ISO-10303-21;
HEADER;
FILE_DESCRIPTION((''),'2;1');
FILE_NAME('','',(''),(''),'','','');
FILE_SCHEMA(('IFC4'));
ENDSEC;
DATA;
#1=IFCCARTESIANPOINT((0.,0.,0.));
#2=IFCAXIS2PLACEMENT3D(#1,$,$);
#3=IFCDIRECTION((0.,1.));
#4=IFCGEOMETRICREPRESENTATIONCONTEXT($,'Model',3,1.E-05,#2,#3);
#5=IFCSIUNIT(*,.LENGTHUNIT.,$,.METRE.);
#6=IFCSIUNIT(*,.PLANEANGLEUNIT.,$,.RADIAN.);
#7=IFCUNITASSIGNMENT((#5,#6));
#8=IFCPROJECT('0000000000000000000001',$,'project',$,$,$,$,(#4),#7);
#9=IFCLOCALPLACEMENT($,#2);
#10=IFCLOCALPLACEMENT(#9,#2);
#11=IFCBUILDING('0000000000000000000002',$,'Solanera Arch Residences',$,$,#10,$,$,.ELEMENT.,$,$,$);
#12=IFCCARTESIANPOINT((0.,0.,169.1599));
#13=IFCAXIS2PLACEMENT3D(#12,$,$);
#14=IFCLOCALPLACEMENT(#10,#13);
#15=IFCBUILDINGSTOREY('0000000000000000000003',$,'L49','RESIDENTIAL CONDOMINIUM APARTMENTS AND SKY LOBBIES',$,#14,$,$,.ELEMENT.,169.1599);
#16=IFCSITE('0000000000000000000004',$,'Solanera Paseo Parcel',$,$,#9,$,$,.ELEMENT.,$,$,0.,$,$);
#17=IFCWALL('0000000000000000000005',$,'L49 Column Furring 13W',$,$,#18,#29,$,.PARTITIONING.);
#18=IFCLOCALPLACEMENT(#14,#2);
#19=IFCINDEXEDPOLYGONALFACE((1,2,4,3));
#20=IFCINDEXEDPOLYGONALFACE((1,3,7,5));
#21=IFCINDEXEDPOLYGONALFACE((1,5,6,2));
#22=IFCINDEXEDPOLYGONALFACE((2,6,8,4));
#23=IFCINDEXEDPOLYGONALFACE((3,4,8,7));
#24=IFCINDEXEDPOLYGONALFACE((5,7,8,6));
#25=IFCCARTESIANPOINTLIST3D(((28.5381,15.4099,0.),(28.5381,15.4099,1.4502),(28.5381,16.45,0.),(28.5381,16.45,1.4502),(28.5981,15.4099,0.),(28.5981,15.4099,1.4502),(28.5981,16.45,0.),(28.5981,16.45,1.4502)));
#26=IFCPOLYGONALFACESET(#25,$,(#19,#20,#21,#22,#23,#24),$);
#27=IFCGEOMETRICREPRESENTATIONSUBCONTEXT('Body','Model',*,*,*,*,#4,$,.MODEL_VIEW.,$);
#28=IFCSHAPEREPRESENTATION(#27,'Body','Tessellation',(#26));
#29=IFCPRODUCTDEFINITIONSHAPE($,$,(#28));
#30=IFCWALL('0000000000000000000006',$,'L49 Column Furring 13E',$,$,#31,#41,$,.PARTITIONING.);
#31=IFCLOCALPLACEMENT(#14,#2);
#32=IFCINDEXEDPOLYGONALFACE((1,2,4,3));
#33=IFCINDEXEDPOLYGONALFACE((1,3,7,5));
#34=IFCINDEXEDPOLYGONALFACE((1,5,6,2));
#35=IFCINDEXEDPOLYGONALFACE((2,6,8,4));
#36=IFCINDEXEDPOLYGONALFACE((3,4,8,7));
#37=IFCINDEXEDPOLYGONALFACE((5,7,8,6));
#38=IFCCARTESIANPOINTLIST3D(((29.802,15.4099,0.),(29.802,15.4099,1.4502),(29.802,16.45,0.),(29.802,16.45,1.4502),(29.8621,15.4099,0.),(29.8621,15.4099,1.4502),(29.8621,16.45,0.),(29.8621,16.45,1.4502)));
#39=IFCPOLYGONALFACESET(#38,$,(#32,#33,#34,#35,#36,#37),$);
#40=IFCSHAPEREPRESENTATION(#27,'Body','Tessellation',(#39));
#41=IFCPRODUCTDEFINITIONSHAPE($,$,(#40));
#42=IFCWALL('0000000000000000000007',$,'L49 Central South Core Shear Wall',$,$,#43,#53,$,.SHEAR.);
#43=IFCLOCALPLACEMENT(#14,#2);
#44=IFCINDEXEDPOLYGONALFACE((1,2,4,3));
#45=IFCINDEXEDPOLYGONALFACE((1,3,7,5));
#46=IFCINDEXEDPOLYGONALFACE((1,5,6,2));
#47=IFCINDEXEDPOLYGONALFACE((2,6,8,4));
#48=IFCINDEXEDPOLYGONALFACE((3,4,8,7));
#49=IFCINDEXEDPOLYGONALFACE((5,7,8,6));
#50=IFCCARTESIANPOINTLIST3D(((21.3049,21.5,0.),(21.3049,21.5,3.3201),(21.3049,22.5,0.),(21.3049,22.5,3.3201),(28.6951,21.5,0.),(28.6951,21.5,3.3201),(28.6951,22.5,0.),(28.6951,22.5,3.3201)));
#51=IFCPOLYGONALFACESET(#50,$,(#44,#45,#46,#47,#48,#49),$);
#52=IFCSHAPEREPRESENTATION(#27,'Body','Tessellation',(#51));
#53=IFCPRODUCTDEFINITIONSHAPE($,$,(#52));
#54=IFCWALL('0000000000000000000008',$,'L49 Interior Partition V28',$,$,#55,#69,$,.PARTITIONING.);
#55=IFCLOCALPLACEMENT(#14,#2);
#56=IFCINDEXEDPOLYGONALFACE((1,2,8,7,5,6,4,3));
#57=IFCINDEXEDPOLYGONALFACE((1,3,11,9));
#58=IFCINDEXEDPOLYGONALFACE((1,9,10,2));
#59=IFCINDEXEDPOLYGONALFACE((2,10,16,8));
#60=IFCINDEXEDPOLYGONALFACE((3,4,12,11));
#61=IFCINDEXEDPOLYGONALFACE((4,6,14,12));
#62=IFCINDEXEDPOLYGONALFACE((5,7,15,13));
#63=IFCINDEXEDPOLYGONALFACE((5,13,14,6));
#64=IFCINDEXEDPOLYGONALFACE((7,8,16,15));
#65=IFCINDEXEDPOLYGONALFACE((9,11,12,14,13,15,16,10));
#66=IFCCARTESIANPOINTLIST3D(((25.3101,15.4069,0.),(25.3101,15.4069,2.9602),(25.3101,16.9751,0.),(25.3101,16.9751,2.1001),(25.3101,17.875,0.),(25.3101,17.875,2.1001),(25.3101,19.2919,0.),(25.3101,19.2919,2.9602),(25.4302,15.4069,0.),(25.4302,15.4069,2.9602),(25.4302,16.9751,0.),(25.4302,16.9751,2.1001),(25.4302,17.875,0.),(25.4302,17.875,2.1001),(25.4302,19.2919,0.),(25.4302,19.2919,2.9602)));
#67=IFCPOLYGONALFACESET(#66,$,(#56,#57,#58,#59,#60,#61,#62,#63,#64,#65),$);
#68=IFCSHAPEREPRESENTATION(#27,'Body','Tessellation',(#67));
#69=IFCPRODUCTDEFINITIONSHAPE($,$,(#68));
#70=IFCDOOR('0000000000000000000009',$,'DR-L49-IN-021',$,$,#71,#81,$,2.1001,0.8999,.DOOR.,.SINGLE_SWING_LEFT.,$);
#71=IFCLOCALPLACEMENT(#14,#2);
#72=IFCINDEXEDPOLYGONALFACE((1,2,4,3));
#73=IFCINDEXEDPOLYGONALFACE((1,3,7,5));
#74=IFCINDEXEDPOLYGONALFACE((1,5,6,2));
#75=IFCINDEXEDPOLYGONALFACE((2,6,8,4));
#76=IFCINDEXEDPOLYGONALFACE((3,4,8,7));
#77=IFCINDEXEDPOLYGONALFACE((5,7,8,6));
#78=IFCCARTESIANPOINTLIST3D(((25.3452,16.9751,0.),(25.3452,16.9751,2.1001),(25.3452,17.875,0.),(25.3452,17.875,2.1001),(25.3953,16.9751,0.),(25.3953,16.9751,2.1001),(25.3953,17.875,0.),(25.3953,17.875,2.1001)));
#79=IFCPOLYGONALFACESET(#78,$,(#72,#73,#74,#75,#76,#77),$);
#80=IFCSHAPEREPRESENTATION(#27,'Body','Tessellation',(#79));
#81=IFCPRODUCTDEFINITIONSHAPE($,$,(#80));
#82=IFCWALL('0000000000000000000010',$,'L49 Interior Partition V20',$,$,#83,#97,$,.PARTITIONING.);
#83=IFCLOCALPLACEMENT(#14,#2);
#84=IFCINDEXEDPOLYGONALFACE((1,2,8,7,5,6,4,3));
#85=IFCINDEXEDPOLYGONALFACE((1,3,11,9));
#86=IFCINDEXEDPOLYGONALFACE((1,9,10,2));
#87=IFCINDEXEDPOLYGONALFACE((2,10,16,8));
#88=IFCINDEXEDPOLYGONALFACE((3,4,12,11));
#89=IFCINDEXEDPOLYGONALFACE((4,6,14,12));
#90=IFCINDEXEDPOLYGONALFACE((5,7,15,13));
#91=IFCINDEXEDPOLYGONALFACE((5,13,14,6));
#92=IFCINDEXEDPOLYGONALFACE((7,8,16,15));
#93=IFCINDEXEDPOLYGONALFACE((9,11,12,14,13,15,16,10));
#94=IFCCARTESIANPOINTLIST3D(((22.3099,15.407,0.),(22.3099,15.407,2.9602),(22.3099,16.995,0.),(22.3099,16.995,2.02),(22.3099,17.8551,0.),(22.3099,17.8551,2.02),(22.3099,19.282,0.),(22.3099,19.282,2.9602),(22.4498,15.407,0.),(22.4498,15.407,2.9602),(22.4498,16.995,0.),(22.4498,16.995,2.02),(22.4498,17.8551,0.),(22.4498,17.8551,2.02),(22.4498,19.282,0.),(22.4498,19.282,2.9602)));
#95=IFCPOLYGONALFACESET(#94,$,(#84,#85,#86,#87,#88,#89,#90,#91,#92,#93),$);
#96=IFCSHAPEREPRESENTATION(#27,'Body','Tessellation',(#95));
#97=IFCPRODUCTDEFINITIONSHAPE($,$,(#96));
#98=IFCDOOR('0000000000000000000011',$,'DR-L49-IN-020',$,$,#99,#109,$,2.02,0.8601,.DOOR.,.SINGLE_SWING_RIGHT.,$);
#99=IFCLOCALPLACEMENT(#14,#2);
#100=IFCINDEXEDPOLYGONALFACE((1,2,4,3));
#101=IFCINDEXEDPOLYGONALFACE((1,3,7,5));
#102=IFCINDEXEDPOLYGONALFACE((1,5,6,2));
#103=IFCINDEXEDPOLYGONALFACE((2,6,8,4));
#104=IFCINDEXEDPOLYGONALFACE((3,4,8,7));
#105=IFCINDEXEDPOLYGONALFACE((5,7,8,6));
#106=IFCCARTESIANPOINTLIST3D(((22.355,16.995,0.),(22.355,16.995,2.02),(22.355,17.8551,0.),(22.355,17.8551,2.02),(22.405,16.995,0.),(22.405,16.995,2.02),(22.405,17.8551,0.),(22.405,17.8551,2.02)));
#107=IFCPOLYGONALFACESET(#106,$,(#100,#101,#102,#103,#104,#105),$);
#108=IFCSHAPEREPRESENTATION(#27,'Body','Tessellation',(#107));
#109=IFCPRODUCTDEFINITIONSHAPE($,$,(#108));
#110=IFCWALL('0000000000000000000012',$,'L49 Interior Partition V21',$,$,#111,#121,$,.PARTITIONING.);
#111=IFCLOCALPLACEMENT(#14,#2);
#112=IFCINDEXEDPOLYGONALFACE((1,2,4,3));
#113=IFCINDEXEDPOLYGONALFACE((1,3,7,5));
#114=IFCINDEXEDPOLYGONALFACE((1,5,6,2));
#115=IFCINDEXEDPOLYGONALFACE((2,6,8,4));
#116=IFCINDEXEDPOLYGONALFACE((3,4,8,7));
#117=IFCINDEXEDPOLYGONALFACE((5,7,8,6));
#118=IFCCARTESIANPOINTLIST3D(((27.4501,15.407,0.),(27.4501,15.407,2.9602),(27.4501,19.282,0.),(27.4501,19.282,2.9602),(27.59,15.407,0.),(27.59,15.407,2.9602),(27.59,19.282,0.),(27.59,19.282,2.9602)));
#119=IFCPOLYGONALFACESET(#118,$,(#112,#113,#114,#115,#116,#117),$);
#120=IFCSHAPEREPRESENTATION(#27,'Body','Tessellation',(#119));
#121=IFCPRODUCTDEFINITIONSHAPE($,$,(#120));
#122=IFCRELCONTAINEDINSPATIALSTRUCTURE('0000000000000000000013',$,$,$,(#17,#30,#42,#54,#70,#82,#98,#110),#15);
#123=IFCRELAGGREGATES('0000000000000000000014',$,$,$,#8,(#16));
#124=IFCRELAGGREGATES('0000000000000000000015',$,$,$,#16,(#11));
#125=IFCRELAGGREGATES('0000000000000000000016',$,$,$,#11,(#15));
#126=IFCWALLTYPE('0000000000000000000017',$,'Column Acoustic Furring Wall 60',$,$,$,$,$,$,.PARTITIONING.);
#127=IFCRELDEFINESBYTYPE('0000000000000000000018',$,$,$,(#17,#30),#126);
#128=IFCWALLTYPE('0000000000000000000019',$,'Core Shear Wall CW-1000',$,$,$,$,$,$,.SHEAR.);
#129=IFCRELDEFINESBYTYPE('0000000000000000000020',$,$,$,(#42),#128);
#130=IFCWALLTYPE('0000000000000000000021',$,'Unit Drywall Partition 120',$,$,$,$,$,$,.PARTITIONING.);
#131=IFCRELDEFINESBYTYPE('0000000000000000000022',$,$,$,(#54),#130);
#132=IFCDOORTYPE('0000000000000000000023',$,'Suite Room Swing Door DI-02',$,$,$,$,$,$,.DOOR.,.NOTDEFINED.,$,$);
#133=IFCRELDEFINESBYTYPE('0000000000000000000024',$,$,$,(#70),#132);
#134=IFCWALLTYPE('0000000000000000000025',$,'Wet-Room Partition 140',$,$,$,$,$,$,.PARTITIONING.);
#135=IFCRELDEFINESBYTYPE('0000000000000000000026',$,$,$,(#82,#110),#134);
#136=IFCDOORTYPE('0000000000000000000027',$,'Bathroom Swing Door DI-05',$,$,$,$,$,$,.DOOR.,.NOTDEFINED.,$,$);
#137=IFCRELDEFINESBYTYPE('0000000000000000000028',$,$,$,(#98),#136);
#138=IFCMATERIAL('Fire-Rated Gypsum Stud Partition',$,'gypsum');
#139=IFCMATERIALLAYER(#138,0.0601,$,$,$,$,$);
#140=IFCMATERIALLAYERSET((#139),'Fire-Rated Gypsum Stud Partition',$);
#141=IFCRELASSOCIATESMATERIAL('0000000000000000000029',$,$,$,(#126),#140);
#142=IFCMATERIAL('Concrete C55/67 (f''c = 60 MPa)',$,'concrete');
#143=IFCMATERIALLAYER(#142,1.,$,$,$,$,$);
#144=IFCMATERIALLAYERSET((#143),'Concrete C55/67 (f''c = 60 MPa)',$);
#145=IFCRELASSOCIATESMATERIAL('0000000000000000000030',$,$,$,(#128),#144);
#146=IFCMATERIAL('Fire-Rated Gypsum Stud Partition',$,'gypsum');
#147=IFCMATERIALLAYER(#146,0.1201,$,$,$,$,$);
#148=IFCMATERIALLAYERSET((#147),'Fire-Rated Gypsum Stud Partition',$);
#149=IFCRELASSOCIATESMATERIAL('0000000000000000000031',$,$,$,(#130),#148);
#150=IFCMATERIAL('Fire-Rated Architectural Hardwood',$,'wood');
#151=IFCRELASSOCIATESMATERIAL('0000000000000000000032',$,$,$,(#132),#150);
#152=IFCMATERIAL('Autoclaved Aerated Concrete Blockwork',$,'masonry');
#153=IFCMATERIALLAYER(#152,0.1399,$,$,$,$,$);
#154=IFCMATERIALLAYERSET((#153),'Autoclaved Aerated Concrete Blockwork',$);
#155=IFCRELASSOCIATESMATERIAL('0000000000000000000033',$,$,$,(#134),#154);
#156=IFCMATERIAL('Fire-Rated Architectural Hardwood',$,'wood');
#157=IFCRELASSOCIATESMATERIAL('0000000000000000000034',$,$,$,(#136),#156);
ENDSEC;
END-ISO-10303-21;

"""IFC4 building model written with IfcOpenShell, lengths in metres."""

from ifc_helpers import new_model, si_unit, direction, frame, frame_2d, origin, place, context, subcontext, project, spatial, rectangle, extrude, material, layer, layer_set, type_object, element, fill, save


model = new_model("IFC4")

# Units and contexts
model_context = context("Model", 3, precision=1e-05, world=origin(), true_north=direction((0.0, 1.0)))
body_context = subcontext(model_context, "Body", "Model", "MODEL_VIEW")
ifc_project = project(units=[si_unit("LENGTHUNIT", "METRE"), si_unit("PLANEANGLEUNIT", "RADIAN")], contexts=[model_context])

# Site, building, storey
site_placement = place(None, origin())
site = spatial("IfcSite", under=ifc_project, at=site_placement, Name="Solanera Paseo Parcel", CompositionType="ELEMENT", RefElevation=0.0)
building_placement = place(site_placement, origin())
building = spatial("IfcBuilding", under=site, at=building_placement, Name="Solanera Arch Residences", CompositionType="ELEMENT")
storey_placement = place(building_placement, frame((0.0, 0.0, 169.1599)))
storey = spatial("IfcBuildingStorey", under=building, at=storey_placement, Name="L49", Description="RESIDENTIAL CONDOMINIUM APARTMENTS AND SKY LOBBIES", CompositionType="ELEMENT", Elevation=169.1599)

# Walls
ifc_material_1 = material(Name="Fire-Rated Gypsum Stud Partition", Category="gypsum")
ifc_layer_1 = layer(ifc_material_1, 0.0601)
ifc_layer_set_1 = layer_set([ifc_layer_1], Name="Fire-Rated Gypsum Stud Partition")
wall_type_1 = type_object("IfcWallType", Name="Column Acoustic Furring Wall 60", PredefinedType="PARTITIONING", material=ifc_layer_set_1)
for number, where, z_axis, x_axis, name in (
    (1, (28.5681, 15.4099, 0.0), (0.0, 0.0, 1.0), (0.0, 1.0, 0.0), "L49 Column Furring 13W"),
    (2, (29.832, 15.4099, 0.0), (0.0, 0.0, 1.0), (0.0, 1.0, 0.0), "L49 Column Furring 13E"),
):
    element("IfcWall", number, at=place(storey_placement, frame(where, z_axis=z_axis, x_axis=x_axis)), inside=storey, type_object=wall_type_1, Name=name, PredefinedType="PARTITIONING", context=body_context, shape_type="SweptSolid", body=[
        extrude(rectangle(XDim=1.04, YDim=0.0601, at=frame_2d((0.52, 0.0))), origin(), (0.0, 0.0, 1.0), 1.4502),
    ])
ifc_material_2 = material(Name="Concrete C55/67 (f'c = 60 MPa)", Category="concrete")
ifc_layer_2 = layer(ifc_material_2, 1.0)
ifc_layer_set_2 = layer_set([ifc_layer_2], Name="Concrete C55/67 (f'c = 60 MPa)")
wall_type_2 = type_object("IfcWallType", Name="Core Shear Wall CW-1000", PredefinedType="SHEAR", material=ifc_layer_set_2)
wall_1_placement = place(storey_placement, frame((21.3049, 22.0, 0.0), z_axis=(0.0, 0.0, 1.0), x_axis=(1.0, 0.0, 0.0)))
element("IfcWall", 3, at=wall_1_placement, inside=storey, type_object=wall_type_2, Name="L49 Central South Core Shear Wall", PredefinedType="SHEAR", context=body_context, shape_type="SweptSolid", body=[
    extrude(rectangle(XDim=7.3901, YDim=1.0, at=frame_2d((3.6951, 0.0))), origin(), (0.0, 0.0, 1.0), 3.3201),
])

# Walls, openings, doors
ifc_material_3 = material(Name="Fire-Rated Gypsum Stud Partition", Category="gypsum")
ifc_layer_3 = layer(ifc_material_3, 0.1201)
ifc_layer_set_3 = layer_set([ifc_layer_3], Name="Fire-Rated Gypsum Stud Partition")
wall_type_3 = type_object("IfcWallType", Name="Unit Drywall Partition 120", PredefinedType="PARTITIONING", material=ifc_layer_set_3)
wall_2_placement = place(storey_placement, frame((25.3701, 15.407, 0.0), z_axis=(0.0, 0.0, 1.0), x_axis=(0.0, 1.0, 0.0)))
wall_2 = element("IfcWall", 4, at=wall_2_placement, inside=storey, type_object=wall_type_3, Name="L49 Interior Partition V28", PredefinedType="PARTITIONING", context=body_context, shape_type="SweptSolid", body=[
    extrude(rectangle(XDim=3.885, YDim=0.1201, at=frame_2d((1.9424, 0.0))), origin(), (0.0, 0.0, 1.0), 2.9602),
])
opening_1_placement = place(wall_2_placement, frame((1.5681, 0.0, 0.0)))
opening_1 = element("IfcOpeningElement", 5, at=opening_1_placement, cuts=wall_2, PredefinedType="OPENING", context=body_context, shape_type="SweptSolid", body=[
    extrude(rectangle(XDim=0.8999, YDim=2.1001, at=frame_2d((0.45, 1.05))), frame((0.0, 0.0701, 0.0), z_axis=(0.0, -1.0, 0.0), x_axis=(1.0, 0.0, 0.0)), (0.0, 0.0, 1.0), 0.1401),
])
ifc_material_4 = material(Name="Fire-Rated Architectural Hardwood", Category="wood")
door_type_1 = type_object("IfcDoorType", Name="Suite Room Swing Door DI-02", OperationType="NOTDEFINED", PredefinedType="DOOR", material=ifc_material_4)
door_1_placement = place(opening_1_placement, origin())
door_1 = element("IfcDoor", 6, at=door_1_placement, inside=storey, type_object=door_type_1, Name="DR-L49-IN-021", OperationType="SINGLE_SWING_LEFT", OverallHeight=2.1001, OverallWidth=0.8999, PredefinedType="DOOR", context=body_context, shape_type="SweptSolid", body=[
    extrude(rectangle(XDim=0.8999, YDim=2.1001, at=frame_2d((0.45, 1.05))), frame((0.0, 0.0249, 0.0), z_axis=(0.0, -1.0, 0.0), x_axis=(1.0, 0.0, 0.0)), (0.0, 0.0, 1.0), 0.05),
])
fill(opening_1, door_1)
ifc_material_5 = material(Name="Autoclaved Aerated Concrete Blockwork", Category="masonry")
ifc_layer_4 = layer(ifc_material_5, 0.1399)
ifc_layer_set_4 = layer_set([ifc_layer_4], Name="Autoclaved Aerated Concrete Blockwork")
wall_type_4 = type_object("IfcWallType", Name="Wet-Room Partition 140", PredefinedType="PARTITIONING", material=ifc_layer_set_4)
wall_3_placement = place(storey_placement, frame((22.3799, 15.407, 0.0), z_axis=(0.0, 0.0, 1.0), x_axis=(0.0, 1.0, 0.0)))
wall_3 = element("IfcWall", 7, at=wall_3_placement, inside=storey, type_object=wall_type_4, Name="L49 Interior Partition V20", PredefinedType="PARTITIONING", context=body_context, shape_type="SweptSolid", body=[
    extrude(rectangle(XDim=3.875, YDim=0.1399, at=frame_2d((1.9375, 0.0))), origin(), (0.0, 0.0, 1.0), 2.9602),
])
opening_2_placement = place(wall_3_placement, frame((1.5879, 0.0, 0.0)))
opening_2 = element("IfcOpeningElement", 8, at=opening_2_placement, cuts=wall_3, PredefinedType="OPENING", context=body_context, shape_type="SweptSolid", body=[
    extrude(rectangle(XDim=0.8601, YDim=2.02, at=frame_2d((0.4302, 1.01))), frame((0.0, 0.0798, 0.0), z_axis=(0.0, -1.0, 0.0), x_axis=(1.0, 0.0, 0.0)), (0.0, 0.0, 1.0), 0.1599),
])
ifc_material_6 = material(Name="Fire-Rated Architectural Hardwood", Category="wood")
door_type_2 = type_object("IfcDoorType", Name="Bathroom Swing Door DI-05", OperationType="NOTDEFINED", PredefinedType="DOOR", material=ifc_material_6)
door_2_placement = place(opening_2_placement, origin())
door_2 = element("IfcDoor", 9, at=door_2_placement, inside=storey, type_object=door_type_2, Name="DR-L49-IN-020", OperationType="SINGLE_SWING_RIGHT", OverallHeight=2.02, OverallWidth=0.8601, PredefinedType="DOOR", context=body_context, shape_type="SweptSolid", body=[
    extrude(rectangle(XDim=0.8601, YDim=2.02, at=frame_2d((0.4302, 1.01))), frame((0.0, 0.0249, 0.0), z_axis=(0.0, -1.0, 0.0), x_axis=(1.0, 0.0, 0.0)), (0.0, 0.0, 1.0), 0.05),
])
fill(opening_2, door_2)

# Wall
wall_4_placement = place(storey_placement, frame((27.52, 15.407, 0.0), z_axis=(0.0, 0.0, 1.0), x_axis=(0.0, 1.0, 0.0)))
element("IfcWall", 10, at=wall_4_placement, inside=storey, type_object=wall_type_4, Name="L49 Interior Partition V21", PredefinedType="PARTITIONING", context=body_context, shape_type="SweptSolid", body=[
    extrude(rectangle(XDim=3.875, YDim=0.1399, at=frame_2d((1.9375, 0.0))), origin(), (0.0, 0.0, 1.0), 2.9602),
])

save(model, "model.ifc")
